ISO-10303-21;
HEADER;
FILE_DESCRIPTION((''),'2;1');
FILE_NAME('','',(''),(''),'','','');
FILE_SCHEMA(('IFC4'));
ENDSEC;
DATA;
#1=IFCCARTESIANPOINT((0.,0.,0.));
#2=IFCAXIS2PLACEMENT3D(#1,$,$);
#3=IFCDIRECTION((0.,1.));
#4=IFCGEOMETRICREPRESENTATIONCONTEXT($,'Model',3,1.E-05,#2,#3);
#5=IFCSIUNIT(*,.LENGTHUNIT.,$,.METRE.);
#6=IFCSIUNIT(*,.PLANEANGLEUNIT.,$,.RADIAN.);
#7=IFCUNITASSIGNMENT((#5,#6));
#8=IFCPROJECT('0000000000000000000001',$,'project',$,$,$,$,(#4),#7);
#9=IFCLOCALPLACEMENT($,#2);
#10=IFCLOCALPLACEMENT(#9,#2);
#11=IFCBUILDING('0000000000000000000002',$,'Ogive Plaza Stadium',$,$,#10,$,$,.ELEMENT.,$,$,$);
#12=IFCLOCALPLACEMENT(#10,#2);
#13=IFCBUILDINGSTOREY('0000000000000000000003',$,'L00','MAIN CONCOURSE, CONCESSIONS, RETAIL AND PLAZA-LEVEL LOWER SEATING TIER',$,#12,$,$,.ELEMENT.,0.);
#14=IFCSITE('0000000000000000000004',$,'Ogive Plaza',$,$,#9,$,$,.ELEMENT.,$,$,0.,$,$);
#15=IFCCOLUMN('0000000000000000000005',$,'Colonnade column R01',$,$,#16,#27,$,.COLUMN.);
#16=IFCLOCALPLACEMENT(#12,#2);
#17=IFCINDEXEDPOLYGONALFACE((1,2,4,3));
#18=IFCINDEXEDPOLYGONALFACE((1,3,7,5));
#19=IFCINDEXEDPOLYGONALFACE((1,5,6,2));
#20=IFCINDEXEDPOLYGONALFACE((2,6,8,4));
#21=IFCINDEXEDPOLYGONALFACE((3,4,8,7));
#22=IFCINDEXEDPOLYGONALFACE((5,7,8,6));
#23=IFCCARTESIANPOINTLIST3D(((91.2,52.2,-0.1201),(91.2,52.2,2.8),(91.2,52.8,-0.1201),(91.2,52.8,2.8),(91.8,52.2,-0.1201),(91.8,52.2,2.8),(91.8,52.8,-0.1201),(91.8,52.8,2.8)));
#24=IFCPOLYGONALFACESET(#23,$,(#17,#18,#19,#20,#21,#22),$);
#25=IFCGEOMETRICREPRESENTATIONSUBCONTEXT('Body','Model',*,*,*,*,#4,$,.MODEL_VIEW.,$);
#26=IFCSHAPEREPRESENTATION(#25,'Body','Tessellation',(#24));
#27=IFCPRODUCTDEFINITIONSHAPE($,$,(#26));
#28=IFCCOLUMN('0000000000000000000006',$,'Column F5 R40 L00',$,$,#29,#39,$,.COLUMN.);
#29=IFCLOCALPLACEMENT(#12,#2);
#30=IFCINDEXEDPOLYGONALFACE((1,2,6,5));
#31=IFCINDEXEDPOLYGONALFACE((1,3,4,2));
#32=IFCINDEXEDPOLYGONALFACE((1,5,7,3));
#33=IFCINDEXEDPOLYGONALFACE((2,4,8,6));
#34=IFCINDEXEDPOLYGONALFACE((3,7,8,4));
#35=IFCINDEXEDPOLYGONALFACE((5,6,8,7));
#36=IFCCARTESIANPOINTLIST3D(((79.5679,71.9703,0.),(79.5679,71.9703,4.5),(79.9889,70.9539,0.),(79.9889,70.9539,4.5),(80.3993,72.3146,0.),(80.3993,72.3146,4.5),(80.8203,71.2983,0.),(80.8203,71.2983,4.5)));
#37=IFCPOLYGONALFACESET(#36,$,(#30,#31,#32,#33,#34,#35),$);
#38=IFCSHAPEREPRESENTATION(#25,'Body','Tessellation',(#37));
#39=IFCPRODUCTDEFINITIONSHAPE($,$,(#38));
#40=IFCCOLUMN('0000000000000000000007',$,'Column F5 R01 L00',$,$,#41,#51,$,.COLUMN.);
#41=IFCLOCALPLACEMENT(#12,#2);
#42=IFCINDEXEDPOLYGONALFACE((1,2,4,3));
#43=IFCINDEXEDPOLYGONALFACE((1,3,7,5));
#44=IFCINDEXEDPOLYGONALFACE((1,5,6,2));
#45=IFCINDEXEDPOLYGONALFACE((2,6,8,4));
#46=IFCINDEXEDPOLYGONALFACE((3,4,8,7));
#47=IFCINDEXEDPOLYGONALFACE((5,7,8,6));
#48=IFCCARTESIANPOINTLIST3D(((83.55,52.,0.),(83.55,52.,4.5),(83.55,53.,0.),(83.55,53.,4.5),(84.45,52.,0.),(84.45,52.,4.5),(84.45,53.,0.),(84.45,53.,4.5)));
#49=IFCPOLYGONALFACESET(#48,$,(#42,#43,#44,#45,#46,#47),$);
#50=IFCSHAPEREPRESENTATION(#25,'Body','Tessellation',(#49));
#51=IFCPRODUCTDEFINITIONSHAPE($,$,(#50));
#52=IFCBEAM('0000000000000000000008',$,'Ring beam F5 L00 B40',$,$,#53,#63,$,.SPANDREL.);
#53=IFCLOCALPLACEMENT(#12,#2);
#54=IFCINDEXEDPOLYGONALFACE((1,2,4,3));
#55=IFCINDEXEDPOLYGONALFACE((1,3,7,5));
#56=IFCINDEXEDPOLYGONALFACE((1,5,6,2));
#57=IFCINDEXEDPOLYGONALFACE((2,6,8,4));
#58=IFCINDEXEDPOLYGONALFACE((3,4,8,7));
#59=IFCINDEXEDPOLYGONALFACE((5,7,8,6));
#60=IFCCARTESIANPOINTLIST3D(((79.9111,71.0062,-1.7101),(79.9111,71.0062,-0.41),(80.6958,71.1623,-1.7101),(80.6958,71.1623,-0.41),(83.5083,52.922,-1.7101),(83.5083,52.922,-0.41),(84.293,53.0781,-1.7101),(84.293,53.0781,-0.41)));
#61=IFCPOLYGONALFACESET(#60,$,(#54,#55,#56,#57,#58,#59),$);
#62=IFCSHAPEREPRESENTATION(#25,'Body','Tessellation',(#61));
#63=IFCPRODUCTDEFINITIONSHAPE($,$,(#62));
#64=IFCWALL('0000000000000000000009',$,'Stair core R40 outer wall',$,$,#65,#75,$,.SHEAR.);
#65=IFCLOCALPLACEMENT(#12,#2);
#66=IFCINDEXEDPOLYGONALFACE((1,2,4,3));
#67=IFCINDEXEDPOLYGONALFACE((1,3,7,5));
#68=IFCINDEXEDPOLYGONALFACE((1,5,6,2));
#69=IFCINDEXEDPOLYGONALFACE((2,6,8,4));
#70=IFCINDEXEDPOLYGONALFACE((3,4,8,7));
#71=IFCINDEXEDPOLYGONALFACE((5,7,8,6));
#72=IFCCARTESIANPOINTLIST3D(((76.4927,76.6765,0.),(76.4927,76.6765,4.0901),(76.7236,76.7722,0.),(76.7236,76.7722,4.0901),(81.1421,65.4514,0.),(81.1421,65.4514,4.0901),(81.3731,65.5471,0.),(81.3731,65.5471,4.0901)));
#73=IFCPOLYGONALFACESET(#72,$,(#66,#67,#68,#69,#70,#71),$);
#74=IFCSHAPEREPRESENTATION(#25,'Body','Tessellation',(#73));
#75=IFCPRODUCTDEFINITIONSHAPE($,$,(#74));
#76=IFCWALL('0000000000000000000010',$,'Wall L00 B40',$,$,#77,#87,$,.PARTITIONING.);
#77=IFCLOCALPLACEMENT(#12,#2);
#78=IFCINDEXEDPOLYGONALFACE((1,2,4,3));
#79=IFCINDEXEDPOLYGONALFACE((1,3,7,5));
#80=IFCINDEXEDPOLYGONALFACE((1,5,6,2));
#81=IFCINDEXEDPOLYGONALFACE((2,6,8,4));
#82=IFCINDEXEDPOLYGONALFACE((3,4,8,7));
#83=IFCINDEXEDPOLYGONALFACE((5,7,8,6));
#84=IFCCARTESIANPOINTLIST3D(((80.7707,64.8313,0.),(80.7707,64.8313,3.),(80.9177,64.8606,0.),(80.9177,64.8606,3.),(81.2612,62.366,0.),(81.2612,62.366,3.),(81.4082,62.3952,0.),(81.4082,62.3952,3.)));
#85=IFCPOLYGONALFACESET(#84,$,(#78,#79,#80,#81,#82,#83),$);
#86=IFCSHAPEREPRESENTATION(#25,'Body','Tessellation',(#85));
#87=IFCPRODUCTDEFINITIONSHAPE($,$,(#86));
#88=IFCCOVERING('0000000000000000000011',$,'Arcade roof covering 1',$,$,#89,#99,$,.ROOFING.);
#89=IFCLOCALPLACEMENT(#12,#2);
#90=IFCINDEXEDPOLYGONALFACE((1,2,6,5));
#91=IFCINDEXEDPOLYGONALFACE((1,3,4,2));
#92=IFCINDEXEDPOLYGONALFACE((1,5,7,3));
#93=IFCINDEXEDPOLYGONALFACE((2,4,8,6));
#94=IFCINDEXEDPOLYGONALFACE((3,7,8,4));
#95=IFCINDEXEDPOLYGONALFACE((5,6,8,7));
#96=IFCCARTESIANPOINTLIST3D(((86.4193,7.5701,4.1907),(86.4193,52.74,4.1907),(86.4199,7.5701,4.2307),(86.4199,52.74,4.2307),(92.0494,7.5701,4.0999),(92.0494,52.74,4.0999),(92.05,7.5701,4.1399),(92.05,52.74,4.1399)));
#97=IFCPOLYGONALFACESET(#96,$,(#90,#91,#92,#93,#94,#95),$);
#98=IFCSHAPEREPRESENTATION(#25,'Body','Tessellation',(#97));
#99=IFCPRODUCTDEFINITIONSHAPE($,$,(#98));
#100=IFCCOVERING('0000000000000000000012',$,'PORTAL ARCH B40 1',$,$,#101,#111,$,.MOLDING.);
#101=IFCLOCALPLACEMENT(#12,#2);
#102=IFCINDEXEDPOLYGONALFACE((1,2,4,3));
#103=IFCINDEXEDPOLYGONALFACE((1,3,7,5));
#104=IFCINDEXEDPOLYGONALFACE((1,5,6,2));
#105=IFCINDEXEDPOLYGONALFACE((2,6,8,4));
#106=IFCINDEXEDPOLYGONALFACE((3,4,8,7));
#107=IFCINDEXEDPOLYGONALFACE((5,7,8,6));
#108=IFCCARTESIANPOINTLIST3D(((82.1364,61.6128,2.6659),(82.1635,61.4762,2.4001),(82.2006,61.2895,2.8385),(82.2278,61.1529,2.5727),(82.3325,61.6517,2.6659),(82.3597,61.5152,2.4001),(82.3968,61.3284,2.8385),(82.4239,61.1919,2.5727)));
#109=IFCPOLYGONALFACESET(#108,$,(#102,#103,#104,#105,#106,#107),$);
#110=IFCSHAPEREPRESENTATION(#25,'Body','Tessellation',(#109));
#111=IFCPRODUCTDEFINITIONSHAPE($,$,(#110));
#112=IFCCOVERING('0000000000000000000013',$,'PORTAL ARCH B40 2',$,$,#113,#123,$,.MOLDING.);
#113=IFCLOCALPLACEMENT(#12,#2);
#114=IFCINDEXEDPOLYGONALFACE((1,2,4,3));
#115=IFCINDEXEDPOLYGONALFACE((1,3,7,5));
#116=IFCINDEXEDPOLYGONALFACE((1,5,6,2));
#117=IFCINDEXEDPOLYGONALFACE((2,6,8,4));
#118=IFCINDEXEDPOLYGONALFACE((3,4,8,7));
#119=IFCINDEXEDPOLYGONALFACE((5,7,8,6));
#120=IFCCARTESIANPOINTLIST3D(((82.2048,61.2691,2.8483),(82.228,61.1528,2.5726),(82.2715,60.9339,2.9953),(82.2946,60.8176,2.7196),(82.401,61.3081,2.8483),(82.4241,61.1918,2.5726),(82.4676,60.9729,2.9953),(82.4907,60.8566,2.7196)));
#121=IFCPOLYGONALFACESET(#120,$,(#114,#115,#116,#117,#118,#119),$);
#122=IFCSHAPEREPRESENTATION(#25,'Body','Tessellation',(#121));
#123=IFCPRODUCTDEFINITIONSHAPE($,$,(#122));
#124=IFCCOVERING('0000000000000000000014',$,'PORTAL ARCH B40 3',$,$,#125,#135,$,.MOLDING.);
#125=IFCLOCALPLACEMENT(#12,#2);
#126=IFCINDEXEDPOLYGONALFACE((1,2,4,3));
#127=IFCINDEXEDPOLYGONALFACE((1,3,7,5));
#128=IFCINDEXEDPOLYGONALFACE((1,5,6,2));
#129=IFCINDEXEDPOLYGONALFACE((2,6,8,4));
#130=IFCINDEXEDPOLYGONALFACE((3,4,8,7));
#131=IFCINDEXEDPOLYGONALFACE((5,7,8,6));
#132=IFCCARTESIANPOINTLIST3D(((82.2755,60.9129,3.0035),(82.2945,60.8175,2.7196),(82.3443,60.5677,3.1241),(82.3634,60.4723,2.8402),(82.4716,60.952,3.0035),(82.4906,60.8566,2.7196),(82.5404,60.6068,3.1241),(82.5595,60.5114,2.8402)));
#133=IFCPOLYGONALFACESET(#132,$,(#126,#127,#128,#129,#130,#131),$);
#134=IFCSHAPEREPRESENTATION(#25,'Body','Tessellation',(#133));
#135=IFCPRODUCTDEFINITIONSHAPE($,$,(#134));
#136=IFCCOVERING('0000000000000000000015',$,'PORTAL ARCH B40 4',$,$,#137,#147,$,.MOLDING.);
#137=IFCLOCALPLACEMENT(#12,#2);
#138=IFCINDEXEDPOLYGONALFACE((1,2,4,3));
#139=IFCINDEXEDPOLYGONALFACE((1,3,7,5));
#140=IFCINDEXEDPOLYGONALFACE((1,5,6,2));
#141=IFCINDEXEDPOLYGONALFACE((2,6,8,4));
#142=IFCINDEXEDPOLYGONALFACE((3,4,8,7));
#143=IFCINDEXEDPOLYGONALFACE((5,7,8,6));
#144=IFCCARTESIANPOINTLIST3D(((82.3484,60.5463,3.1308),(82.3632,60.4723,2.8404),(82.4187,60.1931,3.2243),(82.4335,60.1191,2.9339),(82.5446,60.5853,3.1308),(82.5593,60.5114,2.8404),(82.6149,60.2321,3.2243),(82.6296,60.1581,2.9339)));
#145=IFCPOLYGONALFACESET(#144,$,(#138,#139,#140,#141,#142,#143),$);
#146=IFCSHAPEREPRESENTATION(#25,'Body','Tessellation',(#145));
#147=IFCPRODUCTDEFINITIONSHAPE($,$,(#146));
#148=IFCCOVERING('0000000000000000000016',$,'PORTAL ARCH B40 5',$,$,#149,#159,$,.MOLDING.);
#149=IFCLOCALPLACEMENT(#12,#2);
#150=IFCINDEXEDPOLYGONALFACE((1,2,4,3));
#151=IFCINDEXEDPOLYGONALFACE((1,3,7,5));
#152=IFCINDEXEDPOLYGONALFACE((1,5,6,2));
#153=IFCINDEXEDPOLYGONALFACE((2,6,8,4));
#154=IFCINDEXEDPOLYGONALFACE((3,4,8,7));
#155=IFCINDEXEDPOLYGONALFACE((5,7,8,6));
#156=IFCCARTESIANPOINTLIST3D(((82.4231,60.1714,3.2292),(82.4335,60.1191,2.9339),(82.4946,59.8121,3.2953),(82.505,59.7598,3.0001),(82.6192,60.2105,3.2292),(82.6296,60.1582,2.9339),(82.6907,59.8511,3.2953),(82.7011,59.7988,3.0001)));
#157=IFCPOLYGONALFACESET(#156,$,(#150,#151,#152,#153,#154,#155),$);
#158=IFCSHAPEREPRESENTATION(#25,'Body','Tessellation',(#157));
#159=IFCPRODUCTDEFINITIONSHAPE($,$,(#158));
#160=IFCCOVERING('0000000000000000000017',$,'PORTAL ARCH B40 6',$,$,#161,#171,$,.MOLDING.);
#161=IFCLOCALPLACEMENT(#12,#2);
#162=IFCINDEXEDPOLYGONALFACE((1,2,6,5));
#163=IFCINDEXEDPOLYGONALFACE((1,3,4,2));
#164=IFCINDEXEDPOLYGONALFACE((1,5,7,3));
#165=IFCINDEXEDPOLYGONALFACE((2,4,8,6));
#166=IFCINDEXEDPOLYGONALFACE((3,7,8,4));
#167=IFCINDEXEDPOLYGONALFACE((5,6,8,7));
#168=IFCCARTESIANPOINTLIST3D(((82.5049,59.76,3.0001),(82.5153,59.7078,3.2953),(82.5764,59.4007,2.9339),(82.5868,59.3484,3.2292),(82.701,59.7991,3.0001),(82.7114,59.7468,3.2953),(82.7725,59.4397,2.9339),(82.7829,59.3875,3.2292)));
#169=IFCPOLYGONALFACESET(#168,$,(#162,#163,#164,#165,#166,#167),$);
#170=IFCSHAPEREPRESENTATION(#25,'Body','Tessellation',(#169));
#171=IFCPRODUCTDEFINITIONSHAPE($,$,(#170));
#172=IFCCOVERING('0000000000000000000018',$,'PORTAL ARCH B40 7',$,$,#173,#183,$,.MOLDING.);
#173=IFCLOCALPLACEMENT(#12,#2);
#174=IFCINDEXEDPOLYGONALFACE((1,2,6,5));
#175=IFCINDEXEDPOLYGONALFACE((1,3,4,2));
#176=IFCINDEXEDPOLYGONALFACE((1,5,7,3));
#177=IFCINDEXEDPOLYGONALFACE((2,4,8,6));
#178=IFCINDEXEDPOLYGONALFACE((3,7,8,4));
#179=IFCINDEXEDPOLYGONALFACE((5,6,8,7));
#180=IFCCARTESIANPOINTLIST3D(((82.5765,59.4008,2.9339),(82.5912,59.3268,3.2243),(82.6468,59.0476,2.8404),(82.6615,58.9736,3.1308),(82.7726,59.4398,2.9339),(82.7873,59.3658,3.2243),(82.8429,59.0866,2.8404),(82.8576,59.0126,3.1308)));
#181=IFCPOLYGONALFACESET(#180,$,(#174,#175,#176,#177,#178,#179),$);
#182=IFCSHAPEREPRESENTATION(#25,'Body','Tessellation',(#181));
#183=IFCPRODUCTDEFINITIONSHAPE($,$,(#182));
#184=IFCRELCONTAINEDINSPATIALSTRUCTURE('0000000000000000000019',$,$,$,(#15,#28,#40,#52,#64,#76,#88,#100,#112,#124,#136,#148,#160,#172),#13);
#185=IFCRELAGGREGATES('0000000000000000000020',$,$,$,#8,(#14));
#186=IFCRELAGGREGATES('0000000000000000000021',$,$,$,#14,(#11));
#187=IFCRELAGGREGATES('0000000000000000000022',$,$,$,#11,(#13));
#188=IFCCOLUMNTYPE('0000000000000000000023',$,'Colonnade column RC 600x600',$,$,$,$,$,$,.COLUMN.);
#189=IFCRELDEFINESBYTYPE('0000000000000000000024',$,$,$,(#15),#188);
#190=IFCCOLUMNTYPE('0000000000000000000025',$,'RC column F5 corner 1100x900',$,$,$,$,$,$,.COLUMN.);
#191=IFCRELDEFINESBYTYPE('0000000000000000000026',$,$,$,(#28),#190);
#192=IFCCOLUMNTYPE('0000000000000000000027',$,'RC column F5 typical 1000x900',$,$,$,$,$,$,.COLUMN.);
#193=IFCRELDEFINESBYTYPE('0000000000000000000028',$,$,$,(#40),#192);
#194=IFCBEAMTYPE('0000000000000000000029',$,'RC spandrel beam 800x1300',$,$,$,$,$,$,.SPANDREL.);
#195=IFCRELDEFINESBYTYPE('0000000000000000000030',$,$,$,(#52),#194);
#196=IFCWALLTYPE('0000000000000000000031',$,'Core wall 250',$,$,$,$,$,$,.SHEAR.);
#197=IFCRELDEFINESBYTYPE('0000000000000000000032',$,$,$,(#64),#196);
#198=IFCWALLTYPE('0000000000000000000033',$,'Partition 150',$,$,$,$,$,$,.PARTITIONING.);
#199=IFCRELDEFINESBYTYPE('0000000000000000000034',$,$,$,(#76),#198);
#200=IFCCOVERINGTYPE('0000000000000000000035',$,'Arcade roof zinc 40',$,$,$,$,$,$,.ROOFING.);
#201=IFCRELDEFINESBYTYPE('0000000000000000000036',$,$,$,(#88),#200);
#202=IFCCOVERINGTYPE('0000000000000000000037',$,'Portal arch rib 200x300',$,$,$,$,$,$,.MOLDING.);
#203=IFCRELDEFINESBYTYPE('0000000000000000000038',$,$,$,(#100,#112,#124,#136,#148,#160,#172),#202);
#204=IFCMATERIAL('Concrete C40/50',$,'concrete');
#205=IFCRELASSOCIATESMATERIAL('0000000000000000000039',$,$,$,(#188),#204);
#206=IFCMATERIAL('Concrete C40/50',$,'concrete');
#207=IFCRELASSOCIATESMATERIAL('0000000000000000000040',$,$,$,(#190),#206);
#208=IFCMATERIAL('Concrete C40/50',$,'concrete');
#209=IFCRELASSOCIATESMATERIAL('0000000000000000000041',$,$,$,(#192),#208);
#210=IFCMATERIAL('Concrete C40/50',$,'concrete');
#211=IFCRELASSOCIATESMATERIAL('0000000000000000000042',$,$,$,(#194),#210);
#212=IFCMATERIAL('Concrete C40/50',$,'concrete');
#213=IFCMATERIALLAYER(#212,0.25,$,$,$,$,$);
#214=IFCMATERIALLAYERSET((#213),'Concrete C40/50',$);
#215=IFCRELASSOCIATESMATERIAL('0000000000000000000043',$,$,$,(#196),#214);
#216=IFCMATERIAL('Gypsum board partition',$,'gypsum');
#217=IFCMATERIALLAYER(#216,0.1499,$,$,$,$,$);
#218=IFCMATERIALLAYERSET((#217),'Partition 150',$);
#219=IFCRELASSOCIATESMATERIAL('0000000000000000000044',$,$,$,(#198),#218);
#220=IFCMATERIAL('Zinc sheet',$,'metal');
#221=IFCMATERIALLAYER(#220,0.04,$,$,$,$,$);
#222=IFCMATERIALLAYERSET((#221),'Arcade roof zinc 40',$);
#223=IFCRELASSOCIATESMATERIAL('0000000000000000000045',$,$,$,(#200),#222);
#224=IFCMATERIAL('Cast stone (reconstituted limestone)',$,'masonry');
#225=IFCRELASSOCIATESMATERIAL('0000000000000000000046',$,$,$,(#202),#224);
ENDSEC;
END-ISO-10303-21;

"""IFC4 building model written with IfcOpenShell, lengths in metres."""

from ifc_helpers import new_model, si_unit, direction, frame, frame_2d, origin, origin_2d, place, context, subcontext, project, spatial, polyline, rectangle, outline, extrude, material, layer, layer_set, material_profile, profile_set, type_object, element, save


model = new_model("IFC4")

# Units and contexts
model_context = context("Model", 3, precision=1e-05, world=origin(), true_north=direction((0.0, 1.0)))
body_context = subcontext(model_context, "Body", "Model", "MODEL_VIEW")
ifc_project = project(units=[si_unit("LENGTHUNIT", "METRE"), si_unit("PLANEANGLEUNIT", "RADIAN")], contexts=[model_context])

# Site, building, storey
site_placement = place(None, origin())
site = spatial("IfcSite", under=ifc_project, at=site_placement, Name="Ogive Plaza", CompositionType="ELEMENT", RefElevation=0.0)
building_placement = place(site_placement, origin())
building = spatial("IfcBuilding", under=site, at=building_placement, Name="Ogive Plaza Stadium", CompositionType="ELEMENT")
storey_placement = place(building_placement, origin())
storey = spatial("IfcBuildingStorey", under=building, at=storey_placement, Name="L00", Description="MAIN CONCOURSE, CONCESSIONS, RETAIL AND PLAZA-LEVEL LOWER SEATING TIER", CompositionType="ELEMENT", Elevation=0.0)

# Columns
ifc_material_1 = material(Name="Concrete C40/50", Category="concrete")
ifc_material_profile_1 = material_profile(ifc_material_1, rectangle(XDim=0.6001, YDim=0.6001, at=origin_2d()), Name="RC 600x600")
ifc_profile_set_1 = profile_set([ifc_material_profile_1], Name="Concrete C40/50")
column_type_1 = type_object("IfcColumnType", Name="Colonnade column RC 600x600", PredefinedType="COLUMN", material=ifc_profile_set_1)
column_1_placement = place(storey_placement, frame((91.5, 52.5, -0.1201), z_axis=(0.0, 0.0, 1.0), x_axis=(1.0, 0.0, 0.0)))
element("IfcColumn", 1, at=column_1_placement, inside=storey, type_object=column_type_1, Name="Colonnade column R01", PredefinedType="COLUMN", context=body_context, shape_type="SweptSolid", body=[
    extrude(rectangle(XDim=0.6001, YDim=0.6001, at=origin_2d()), origin(), (0.0, 0.0, 1.0), 2.9202),
])
ifc_material_2 = material(Name="Concrete C40/50", Category="concrete")
ifc_material_profile_2 = material_profile(ifc_material_2, rectangle(XDim=1.1001, YDim=0.8999, at=origin_2d()), Name="RC 1100x900")
ifc_profile_set_2 = profile_set([ifc_material_profile_2], Name="Concrete C40/50")
column_type_2 = type_object("IfcColumnType", Name="RC column F5 corner 1100x900", PredefinedType="COLUMN", material=ifc_profile_set_2)
column_2_placement = place(storey_placement, frame((80.1941, 71.6343, 0.0), z_axis=(0.0, 0.0, 1.0), x_axis=(-0.382683, 0.92388, 0.0)))
element("IfcColumn", 2, at=column_2_placement, inside=storey, type_object=column_type_2, Name="Column F5 R40 L00", PredefinedType="COLUMN", context=body_context, shape_type="SweptSolid", body=[
    extrude(rectangle(XDim=1.1001, YDim=0.8999, at=origin_2d()), origin(), (0.0, 0.0, 1.0), 4.5),
])
ifc_material_3 = material(Name="Concrete C40/50", Category="concrete")
ifc_material_profile_3 = material_profile(ifc_material_3, rectangle(XDim=1.0, YDim=0.8999, at=origin_2d()), Name="RC 1000x900")
ifc_profile_set_3 = profile_set([ifc_material_profile_3], Name="Concrete C40/50")
column_type_3 = type_object("IfcColumnType", Name="RC column F5 typical 1000x900", PredefinedType="COLUMN", material=ifc_profile_set_3)
column_3_placement = place(storey_placement, frame((84.0, 52.5, 0.0), z_axis=(0.0, 0.0, 1.0), x_axis=(0.0, 1.0, 0.0)))
element("IfcColumn", 3, at=column_3_placement, inside=storey, type_object=column_type_3, Name="Column F5 R01 L00", PredefinedType="COLUMN", context=body_context, shape_type="SweptSolid", body=[
    extrude(rectangle(XDim=1.0, YDim=0.8999, at=origin_2d()), origin(), (0.0, 0.0, 1.0), 4.5),
])

# Beam
ifc_material_4 = material(Name="Concrete C40/50", Category="concrete")
ifc_material_profile_4 = material_profile(ifc_material_4, rectangle(XDim=0.8, YDim=1.3, at=origin_2d()), Name="RC 800x1300")
ifc_profile_set_4 = profile_set([ifc_material_profile_4], Name="Concrete C40/50")
beam_type = type_object("IfcBeamType", Name="RC spandrel beam 800x1300", PredefinedType="SPANDREL", material=ifc_profile_set_4)
beam_placement = place(storey_placement, frame((80.3035, 71.0842, -1.0601), z_axis=(0.19509, -0.980785, 0.0), x_axis=(0.980785, 0.19509, 0.0)))
element("IfcBeam", 4, at=beam_placement, inside=storey, type_object=beam_type, Name="Ring beam F5 L00 B40", PredefinedType="SPANDREL", context=body_context, shape_type="SweptSolid", body=[
    extrude(rectangle(XDim=0.8, YDim=1.3, at=origin_2d()), origin(), (0.0, 0.0, 1.0), 18.4385),
])

# Walls
ifc_material_5 = material(Name="Concrete C40/50", Category="concrete")
ifc_layer_1 = layer(ifc_material_5, 0.25)
ifc_layer_set_1 = layer_set([ifc_layer_1], Name="Concrete C40/50")
wall_type_1 = type_object("IfcWallType", Name="Core wall 250", PredefinedType="SHEAR", material=ifc_layer_set_1)
wall_1_placement = place(storey_placement, frame((81.2576, 65.4993, 0.0), z_axis=(0.0, 0.0, 1.0), x_axis=(-0.382671, 0.923885, 0.0)))
element("IfcWall", 5, at=wall_1_placement, inside=storey, type_object=wall_type_1, Name="Stair core R40 outer wall", PredefinedType="SHEAR", context=body_context, shape_type="SweptSolid", body=[
    extrude(rectangle(XDim=12.1499, YDim=0.25, at=frame_2d((6.075, 0.0))), origin(), (0.0, 0.0, 1.0), 4.0901),
])
ifc_material_6 = material(Name="Gypsum board partition", Category="gypsum")
ifc_layer_2 = layer(ifc_material_6, 0.1499)
ifc_layer_set_2 = layer_set([ifc_layer_2], Name="Partition 150")
wall_type_2 = type_object("IfcWallType", Name="Partition 150", PredefinedType="PARTITIONING", material=ifc_layer_set_2)
wall_2_placement = place(storey_placement, frame((80.8442, 64.8459, 0.0), z_axis=(0.0, 0.0, 1.0), x_axis=(0.195126, -0.980778, 0.0)))
element("IfcWall", 6, at=wall_2_placement, inside=storey, type_object=wall_type_2, Name="Wall L00 B40", PredefinedType="PARTITIONING", context=body_context, shape_type="SweptSolid", body=[
    extrude(rectangle(XDim=2.5137, YDim=0.1499, at=frame_2d((1.2568, 0.0))), origin(), (0.0, 0.0, 1.0), 3.0),
])

# Coverings
ifc_material_7 = material(Name="Zinc sheet", Category="metal")
ifc_layer_3 = layer(ifc_material_7, 0.04)
ifc_layer_set_3 = layer_set([ifc_layer_3], Name="Arcade roof zinc 40")
covering_type_1 = type_object("IfcCoveringType", Name="Arcade roof zinc 40", PredefinedType="ROOFING", material=ifc_layer_set_3)
covering_placement = place(storey_placement, frame((86.4199, 52.74, 4.2307), z_axis=(0.016129, 0.0, 0.99987), x_axis=(0.99987, 0.0, -0.016129)))
element("IfcCovering", 7, at=covering_placement, inside=storey, type_object=covering_type_1, Name="Arcade roof covering 1", PredefinedType="ROOFING", context=body_context, shape_type="SweptSolid", body=[
    extrude(outline(polyline([(0.0, 0.0), (5.6309, 0.0), (5.6309, -45.1699), (0.0, -45.1699), (0.0, 0.0)])), origin(), (0.0, 0.0, -1.0), 0.04),
])
ifc_material_8 = material(Name="Cast stone (reconstituted limestone)", Category="masonry")
ifc_material_profile_5 = material_profile(ifc_material_8, rectangle(XDim=0.2, YDim=0.3, at=origin_2d()), Name="Cast stone 200x300")
ifc_profile_set_5 = profile_set([ifc_material_profile_5], Name="Cast stone (reconstituted limestone)")
covering_type_2 = type_object("IfcCoveringType", Name="Portal arch rib 200x300", PredefinedType="MOLDING", material=ifc_profile_set_5)
for number, where, z_axis, x_axis, name in (
    (8, (82.248, 61.564, 2.533), (0.172594, -0.868875, 0.463969), (0.980836, 0.194834, 0.0), "PORTAL ARCH B40 1"),
    (9, (82.3145, 61.2305, 2.7104), (0.179154, -0.901018, 0.395057), (0.9808, 0.195017, 0.0), "PORTAL ARCH B40 2"),
    (10, (82.3831, 60.8848, 2.8616), (0.185024, -0.927746, 0.32412), (0.980687, 0.195583, 0.0), "PORTAL ARCH B40 3"),
    (11, (82.4539, 60.5288, 2.9856), (0.188941, -0.949298, 0.251265), (0.980763, 0.195204, 0.0), "PORTAL ARCH B40 4"),
):
    element("IfcCovering", number, at=place(storey_placement, frame(where, z_axis=z_axis, x_axis=x_axis)), inside=storey, type_object=covering_type_2, Name=name, PredefinedType="MOLDING", context=body_context, shape_type="SweptSolid", body=[
        extrude(rectangle(XDim=0.2, YDim=0.3, at=origin_2d()), origin(), (0.0, 0.0, 1.0), 0.3721),
    ])
for number, where, z_axis, x_axis, name in (
    (12, (82.5264, 60.1648, 3.0815), (0.192113, -0.965153, 0.177688), (0.98076, 0.195219, 0.0), "PORTAL ARCH B40 5"),
    (13, (82.6082, 59.7534, 3.1477), (0.192113, -0.965153, -0.177688), (0.98076, 0.195219, 0.0), "PORTAL ARCH B40 6"),
):
    element("IfcCovering", number, at=place(storey_placement, frame(where, z_axis=z_axis, x_axis=x_axis)), inside=storey, type_object=covering_type_2, Name=name, PredefinedType="MOLDING", context=body_context, shape_type="SweptSolid", body=[
        extrude(rectangle(XDim=0.2, YDim=0.3, at=origin_2d()), origin(), (0.0, 0.0, 1.0), 0.3723),
    ])
for number, where, z_axis, x_axis, name in (
    (14, (82.6819, 59.3833, 3.0791), (0.188941, -0.949298, -0.251265), (0.980763, 0.195204, 0.0), "PORTAL ARCH B40 7"),
):
    element("IfcCovering", number, at=place(storey_placement, frame(where, z_axis=z_axis, x_axis=x_axis)), inside=storey, type_object=covering_type_2, Name=name, PredefinedType="MOLDING", context=body_context, shape_type="SweptSolid", body=[
        extrude(rectangle(XDim=0.2, YDim=0.3, at=origin_2d()), origin(), (0.0, 0.0, 1.0), 0.3721),
    ])

save(model, "model.ifc")
